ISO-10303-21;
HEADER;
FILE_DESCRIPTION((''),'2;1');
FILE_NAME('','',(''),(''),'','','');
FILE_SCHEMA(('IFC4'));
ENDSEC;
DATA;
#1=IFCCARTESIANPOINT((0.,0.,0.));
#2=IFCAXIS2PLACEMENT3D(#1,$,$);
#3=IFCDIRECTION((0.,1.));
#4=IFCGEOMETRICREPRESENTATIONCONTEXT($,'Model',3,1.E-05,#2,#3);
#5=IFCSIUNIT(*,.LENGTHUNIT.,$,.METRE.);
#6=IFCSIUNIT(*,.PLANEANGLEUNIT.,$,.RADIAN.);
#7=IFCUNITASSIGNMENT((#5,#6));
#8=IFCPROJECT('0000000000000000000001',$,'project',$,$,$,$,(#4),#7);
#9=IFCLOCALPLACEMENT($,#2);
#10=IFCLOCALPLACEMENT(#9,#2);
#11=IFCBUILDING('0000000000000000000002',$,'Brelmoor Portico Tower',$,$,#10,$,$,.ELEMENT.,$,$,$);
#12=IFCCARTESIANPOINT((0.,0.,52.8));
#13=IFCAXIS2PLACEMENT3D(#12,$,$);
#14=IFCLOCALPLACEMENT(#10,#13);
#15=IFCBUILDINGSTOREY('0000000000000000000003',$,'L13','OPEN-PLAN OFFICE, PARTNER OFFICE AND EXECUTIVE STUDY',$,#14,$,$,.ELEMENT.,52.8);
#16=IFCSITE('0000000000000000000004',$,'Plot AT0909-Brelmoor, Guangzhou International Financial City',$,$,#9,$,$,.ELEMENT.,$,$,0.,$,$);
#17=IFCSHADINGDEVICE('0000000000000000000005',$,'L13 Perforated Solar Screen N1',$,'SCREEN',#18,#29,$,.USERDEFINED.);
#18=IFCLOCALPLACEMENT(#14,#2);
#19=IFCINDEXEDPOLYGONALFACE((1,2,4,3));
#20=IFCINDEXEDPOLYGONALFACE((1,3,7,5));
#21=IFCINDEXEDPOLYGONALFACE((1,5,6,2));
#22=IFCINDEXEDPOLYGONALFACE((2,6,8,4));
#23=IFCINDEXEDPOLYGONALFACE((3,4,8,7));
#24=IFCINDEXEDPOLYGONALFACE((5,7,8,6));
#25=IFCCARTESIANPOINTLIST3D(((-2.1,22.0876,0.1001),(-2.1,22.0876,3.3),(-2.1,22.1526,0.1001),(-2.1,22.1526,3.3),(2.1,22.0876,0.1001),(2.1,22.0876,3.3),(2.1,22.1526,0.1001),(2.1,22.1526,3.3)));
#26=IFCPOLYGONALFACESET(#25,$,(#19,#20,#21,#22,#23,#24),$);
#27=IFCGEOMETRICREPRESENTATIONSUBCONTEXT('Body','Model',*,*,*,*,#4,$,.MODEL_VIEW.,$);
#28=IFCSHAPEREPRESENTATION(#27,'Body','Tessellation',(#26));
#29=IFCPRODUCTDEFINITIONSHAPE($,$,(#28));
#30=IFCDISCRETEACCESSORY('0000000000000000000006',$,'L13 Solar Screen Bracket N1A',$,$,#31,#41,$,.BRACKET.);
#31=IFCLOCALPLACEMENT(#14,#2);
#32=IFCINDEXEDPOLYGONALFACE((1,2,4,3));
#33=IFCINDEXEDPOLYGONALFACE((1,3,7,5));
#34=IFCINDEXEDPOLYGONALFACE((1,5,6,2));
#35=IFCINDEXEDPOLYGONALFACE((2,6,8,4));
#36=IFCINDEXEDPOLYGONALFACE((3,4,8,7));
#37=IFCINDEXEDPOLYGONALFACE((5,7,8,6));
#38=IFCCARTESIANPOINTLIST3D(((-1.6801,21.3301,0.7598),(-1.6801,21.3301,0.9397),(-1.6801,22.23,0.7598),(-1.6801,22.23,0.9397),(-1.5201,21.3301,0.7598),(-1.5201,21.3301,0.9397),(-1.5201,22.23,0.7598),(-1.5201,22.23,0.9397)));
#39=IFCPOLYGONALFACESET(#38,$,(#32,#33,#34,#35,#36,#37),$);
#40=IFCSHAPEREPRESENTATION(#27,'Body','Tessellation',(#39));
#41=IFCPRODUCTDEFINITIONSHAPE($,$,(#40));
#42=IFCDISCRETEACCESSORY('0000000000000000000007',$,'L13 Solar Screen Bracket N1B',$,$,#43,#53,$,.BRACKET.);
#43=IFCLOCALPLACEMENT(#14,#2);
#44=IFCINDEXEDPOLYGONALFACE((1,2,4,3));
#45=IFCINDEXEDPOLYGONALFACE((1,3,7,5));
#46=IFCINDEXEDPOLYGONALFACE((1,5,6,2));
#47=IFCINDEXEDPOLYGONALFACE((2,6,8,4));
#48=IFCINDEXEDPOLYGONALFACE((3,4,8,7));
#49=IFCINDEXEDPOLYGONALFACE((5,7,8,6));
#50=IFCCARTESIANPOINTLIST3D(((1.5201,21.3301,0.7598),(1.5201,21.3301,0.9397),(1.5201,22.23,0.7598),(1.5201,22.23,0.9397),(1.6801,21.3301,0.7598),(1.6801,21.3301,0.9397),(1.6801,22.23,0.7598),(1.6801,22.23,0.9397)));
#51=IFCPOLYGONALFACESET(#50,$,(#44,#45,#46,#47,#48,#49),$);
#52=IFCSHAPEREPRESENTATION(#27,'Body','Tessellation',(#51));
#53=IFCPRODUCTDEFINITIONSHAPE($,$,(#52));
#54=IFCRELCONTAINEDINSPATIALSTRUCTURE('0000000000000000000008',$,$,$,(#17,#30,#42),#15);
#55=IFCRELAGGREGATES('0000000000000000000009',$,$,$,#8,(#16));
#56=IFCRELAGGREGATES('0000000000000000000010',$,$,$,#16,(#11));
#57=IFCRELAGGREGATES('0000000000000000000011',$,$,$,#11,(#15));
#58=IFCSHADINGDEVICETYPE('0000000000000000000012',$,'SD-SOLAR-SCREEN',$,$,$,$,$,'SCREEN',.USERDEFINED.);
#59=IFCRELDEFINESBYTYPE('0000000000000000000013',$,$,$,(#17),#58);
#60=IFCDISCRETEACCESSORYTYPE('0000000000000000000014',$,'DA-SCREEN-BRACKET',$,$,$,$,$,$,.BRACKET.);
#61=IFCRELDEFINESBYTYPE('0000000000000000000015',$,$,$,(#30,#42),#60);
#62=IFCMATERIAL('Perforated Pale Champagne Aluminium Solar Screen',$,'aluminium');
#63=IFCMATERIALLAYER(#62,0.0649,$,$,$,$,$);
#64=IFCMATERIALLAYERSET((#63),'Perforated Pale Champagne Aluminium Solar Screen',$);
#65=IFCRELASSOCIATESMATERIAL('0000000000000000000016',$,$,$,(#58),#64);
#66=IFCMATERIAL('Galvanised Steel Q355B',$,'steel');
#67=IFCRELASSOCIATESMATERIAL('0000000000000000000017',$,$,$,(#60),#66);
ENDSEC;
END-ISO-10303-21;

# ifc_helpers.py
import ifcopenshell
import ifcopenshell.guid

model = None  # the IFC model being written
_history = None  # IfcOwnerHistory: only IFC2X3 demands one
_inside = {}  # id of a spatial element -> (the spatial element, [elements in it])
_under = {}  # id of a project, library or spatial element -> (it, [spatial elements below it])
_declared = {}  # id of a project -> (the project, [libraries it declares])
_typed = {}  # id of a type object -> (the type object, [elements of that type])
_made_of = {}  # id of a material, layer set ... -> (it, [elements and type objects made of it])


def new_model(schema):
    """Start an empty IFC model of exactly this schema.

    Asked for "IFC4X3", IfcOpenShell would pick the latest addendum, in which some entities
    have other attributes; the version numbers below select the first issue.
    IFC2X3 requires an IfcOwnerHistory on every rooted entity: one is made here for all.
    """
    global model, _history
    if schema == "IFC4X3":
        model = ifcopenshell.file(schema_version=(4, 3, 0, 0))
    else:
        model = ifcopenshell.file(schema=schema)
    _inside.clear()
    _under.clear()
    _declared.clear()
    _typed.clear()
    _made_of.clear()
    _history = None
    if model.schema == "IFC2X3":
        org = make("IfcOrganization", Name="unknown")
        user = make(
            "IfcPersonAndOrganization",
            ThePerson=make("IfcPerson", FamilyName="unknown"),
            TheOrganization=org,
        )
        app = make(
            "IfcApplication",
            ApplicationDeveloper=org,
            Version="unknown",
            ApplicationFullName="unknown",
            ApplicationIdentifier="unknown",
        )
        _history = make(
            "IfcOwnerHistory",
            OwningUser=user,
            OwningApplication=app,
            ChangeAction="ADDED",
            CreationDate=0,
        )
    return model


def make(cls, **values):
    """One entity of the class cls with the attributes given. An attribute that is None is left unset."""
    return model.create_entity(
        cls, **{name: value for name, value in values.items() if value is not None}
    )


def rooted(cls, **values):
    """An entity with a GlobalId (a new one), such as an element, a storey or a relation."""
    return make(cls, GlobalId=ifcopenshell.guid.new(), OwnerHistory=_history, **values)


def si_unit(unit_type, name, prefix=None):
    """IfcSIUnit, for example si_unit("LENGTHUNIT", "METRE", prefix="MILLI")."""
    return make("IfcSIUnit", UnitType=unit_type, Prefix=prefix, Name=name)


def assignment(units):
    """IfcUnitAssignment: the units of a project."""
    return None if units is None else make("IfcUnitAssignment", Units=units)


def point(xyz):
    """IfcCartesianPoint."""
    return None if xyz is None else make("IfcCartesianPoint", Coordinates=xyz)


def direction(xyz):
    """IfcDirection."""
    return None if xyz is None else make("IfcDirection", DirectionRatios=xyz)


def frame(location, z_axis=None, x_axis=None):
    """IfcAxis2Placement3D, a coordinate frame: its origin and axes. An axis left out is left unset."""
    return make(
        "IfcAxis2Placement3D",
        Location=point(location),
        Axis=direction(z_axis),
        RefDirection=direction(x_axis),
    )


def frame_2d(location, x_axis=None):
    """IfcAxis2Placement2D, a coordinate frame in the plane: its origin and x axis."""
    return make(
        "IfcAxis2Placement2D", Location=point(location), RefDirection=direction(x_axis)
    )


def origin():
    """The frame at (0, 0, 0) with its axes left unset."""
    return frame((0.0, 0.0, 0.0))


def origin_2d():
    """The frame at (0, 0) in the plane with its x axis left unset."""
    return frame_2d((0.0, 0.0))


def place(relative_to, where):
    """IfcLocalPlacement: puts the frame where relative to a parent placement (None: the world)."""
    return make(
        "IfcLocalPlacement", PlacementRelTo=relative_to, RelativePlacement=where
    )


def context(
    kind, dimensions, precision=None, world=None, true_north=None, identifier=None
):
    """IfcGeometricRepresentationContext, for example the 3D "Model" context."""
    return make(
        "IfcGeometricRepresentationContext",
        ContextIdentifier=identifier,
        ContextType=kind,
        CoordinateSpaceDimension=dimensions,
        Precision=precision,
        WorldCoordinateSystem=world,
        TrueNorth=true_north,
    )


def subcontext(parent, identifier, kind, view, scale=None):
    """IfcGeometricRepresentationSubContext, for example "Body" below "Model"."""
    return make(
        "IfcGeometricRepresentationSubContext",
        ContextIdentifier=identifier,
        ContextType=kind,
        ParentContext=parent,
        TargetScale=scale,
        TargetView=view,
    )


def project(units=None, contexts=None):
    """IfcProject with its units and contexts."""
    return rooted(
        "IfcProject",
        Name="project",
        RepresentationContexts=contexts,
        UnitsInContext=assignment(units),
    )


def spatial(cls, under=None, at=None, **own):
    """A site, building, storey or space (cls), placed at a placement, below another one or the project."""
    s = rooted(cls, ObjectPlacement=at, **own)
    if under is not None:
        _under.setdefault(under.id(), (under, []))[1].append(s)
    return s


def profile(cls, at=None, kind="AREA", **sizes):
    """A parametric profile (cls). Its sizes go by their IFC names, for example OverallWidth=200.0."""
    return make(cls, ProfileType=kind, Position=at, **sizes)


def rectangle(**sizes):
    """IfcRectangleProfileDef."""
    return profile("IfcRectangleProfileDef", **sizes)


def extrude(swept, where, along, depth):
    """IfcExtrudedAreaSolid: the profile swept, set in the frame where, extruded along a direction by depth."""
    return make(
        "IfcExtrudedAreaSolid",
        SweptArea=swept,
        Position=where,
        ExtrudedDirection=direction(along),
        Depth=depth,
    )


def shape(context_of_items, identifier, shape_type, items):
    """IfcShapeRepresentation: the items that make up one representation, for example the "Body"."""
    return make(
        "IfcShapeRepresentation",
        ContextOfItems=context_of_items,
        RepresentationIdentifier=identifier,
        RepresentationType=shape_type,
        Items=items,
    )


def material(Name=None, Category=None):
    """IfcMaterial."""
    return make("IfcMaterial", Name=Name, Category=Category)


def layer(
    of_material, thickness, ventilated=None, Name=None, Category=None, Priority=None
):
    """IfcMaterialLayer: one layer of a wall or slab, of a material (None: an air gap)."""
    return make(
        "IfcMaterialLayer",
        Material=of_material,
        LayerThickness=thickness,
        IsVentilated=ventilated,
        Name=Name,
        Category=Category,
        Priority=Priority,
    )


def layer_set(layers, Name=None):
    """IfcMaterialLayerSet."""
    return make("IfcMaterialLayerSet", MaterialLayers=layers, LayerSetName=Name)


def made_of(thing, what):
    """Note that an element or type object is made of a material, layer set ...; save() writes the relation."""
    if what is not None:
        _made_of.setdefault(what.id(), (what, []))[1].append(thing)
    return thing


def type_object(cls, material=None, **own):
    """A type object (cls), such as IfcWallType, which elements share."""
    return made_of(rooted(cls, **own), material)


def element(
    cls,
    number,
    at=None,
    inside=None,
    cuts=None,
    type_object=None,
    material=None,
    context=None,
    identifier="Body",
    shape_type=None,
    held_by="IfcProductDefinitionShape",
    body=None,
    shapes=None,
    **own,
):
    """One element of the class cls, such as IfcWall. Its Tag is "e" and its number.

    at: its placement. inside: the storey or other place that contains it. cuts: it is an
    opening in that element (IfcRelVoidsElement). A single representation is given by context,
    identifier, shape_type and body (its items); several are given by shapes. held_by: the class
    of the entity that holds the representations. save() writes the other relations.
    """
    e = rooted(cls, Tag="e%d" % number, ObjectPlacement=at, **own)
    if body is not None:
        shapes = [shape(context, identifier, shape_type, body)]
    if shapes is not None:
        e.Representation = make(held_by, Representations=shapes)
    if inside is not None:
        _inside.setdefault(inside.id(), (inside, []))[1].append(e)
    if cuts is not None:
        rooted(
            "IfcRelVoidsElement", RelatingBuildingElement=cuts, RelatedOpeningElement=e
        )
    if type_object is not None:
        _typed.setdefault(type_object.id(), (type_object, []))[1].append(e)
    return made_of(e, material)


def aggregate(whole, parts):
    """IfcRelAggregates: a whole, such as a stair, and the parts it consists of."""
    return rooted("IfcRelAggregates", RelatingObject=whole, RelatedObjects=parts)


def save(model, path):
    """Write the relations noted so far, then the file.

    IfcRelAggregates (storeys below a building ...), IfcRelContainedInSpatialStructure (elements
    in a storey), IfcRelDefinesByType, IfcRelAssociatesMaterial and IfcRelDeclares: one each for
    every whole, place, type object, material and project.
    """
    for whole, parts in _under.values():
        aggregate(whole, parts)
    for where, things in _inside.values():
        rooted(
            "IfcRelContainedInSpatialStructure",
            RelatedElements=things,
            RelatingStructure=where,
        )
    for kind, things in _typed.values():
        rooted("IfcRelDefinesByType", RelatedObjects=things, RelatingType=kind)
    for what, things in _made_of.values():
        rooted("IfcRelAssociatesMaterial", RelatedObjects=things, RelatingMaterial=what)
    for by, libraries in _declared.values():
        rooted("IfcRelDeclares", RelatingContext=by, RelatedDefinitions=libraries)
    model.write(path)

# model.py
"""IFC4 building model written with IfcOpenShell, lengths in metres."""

from ifc_helpers import new_model, si_unit, direction, frame, origin, origin_2d, place, context, subcontext, project, spatial, rectangle, extrude, material, layer, layer_set, type_object, element, save


model = new_model("IFC4")

# Units and contexts
model_context = context("Model", 3, precision=1e-05, world=origin(), true_north=direction((0.0, 1.0)))
body_context = subcontext(model_context, "Body", "Model", "MODEL_VIEW")
ifc_project = project(units=[si_unit("LENGTHUNIT", "METRE"), si_unit("PLANEANGLEUNIT", "RADIAN")], contexts=[model_context])

# Site, building, storey
site_placement = place(None, origin())
site = spatial("IfcSite", under=ifc_project, at=site_placement, Name="Plot AT0909-Brelmoor, Guangzhou International Financial City", CompositionType="ELEMENT", RefElevation=0.0)
building_placement = place(site_placement, origin())
building = spatial("IfcBuilding", under=site, at=building_placement, Name="Brelmoor Portico Tower", CompositionType="ELEMENT")
storey_placement = place(building_placement, frame((0.0, 0.0, 52.8)))
storey = spatial("IfcBuildingStorey", under=building, at=storey_placement, Name="L13", Description="OPEN-PLAN OFFICE, PARTNER OFFICE AND EXECUTIVE STUDY", CompositionType="ELEMENT", Elevation=52.8)

# Shading device
ifc_material_1 = material(Name="Perforated Pale Champagne Aluminium Solar Screen", Category="aluminium")
ifc_layer_1 = layer(ifc_material_1, 0.0649)
ifc_layer_set_1 = layer_set([ifc_layer_1], Name="Perforated Pale Champagne Aluminium Solar Screen")
shading_device_type = type_object("IfcShadingDeviceType", Name="SD-SOLAR-SCREEN", ElementType="SCREEN", PredefinedType="USERDEFINED", material=ifc_layer_set_1)
shading_device_placement = place(storey_placement, frame((0.0, 22.1201, 0.1001), z_axis=(0.0, 0.0, 1.0), x_axis=(1.0, 0.0, 0.0)))
element("IfcShadingDevice", 1, at=shading_device_placement, inside=storey, type_object=shading_device_type, Name="L13 Perforated Solar Screen N1", ObjectType="SCREEN", PredefinedType="USERDEFINED", context=body_context, shape_type="SweptSolid", body=[
    extrude(rectangle(XDim=4.2, YDim=0.0649, at=origin_2d()), origin(), (0.0, 0.0, 1.0), 3.2),
])

# Discrete accessories
ifc_material_2 = material(Name="Galvanised Steel Q355B", Category="steel")
discrete_accessory_type = type_object("IfcDiscreteAccessoryType", Name="DA-SCREEN-BRACKET", PredefinedType="BRACKET", material=ifc_material_2)
for number, where, z_axis, x_axis, name in (
    (2, (-1.6001, 21.78, 0.7598), (0.0, 0.0, 1.0), (1.0, 0.0, 0.0), "L13 Solar Screen Bracket N1A"),
    (3, (1.6001, 21.78, 0.7598), (0.0, 0.0, 1.0), (1.0, 0.0, 0.0), "L13 Solar Screen Bracket N1B"),
):
    element("IfcDiscreteAccessory", number, at=place(storey_placement, frame(where, z_axis=z_axis, x_axis=x_axis)), inside=storey, type_object=discrete_accessory_type, Name=name, PredefinedType="BRACKET", context=body_context, shape_type="SweptSolid", body=[
        extrude(rectangle(XDim=0.1599, YDim=0.8999, at=origin_2d()), origin(), (0.0, 0.0, 1.0), 0.1799),
    ])

save(model, "model.ifc")
